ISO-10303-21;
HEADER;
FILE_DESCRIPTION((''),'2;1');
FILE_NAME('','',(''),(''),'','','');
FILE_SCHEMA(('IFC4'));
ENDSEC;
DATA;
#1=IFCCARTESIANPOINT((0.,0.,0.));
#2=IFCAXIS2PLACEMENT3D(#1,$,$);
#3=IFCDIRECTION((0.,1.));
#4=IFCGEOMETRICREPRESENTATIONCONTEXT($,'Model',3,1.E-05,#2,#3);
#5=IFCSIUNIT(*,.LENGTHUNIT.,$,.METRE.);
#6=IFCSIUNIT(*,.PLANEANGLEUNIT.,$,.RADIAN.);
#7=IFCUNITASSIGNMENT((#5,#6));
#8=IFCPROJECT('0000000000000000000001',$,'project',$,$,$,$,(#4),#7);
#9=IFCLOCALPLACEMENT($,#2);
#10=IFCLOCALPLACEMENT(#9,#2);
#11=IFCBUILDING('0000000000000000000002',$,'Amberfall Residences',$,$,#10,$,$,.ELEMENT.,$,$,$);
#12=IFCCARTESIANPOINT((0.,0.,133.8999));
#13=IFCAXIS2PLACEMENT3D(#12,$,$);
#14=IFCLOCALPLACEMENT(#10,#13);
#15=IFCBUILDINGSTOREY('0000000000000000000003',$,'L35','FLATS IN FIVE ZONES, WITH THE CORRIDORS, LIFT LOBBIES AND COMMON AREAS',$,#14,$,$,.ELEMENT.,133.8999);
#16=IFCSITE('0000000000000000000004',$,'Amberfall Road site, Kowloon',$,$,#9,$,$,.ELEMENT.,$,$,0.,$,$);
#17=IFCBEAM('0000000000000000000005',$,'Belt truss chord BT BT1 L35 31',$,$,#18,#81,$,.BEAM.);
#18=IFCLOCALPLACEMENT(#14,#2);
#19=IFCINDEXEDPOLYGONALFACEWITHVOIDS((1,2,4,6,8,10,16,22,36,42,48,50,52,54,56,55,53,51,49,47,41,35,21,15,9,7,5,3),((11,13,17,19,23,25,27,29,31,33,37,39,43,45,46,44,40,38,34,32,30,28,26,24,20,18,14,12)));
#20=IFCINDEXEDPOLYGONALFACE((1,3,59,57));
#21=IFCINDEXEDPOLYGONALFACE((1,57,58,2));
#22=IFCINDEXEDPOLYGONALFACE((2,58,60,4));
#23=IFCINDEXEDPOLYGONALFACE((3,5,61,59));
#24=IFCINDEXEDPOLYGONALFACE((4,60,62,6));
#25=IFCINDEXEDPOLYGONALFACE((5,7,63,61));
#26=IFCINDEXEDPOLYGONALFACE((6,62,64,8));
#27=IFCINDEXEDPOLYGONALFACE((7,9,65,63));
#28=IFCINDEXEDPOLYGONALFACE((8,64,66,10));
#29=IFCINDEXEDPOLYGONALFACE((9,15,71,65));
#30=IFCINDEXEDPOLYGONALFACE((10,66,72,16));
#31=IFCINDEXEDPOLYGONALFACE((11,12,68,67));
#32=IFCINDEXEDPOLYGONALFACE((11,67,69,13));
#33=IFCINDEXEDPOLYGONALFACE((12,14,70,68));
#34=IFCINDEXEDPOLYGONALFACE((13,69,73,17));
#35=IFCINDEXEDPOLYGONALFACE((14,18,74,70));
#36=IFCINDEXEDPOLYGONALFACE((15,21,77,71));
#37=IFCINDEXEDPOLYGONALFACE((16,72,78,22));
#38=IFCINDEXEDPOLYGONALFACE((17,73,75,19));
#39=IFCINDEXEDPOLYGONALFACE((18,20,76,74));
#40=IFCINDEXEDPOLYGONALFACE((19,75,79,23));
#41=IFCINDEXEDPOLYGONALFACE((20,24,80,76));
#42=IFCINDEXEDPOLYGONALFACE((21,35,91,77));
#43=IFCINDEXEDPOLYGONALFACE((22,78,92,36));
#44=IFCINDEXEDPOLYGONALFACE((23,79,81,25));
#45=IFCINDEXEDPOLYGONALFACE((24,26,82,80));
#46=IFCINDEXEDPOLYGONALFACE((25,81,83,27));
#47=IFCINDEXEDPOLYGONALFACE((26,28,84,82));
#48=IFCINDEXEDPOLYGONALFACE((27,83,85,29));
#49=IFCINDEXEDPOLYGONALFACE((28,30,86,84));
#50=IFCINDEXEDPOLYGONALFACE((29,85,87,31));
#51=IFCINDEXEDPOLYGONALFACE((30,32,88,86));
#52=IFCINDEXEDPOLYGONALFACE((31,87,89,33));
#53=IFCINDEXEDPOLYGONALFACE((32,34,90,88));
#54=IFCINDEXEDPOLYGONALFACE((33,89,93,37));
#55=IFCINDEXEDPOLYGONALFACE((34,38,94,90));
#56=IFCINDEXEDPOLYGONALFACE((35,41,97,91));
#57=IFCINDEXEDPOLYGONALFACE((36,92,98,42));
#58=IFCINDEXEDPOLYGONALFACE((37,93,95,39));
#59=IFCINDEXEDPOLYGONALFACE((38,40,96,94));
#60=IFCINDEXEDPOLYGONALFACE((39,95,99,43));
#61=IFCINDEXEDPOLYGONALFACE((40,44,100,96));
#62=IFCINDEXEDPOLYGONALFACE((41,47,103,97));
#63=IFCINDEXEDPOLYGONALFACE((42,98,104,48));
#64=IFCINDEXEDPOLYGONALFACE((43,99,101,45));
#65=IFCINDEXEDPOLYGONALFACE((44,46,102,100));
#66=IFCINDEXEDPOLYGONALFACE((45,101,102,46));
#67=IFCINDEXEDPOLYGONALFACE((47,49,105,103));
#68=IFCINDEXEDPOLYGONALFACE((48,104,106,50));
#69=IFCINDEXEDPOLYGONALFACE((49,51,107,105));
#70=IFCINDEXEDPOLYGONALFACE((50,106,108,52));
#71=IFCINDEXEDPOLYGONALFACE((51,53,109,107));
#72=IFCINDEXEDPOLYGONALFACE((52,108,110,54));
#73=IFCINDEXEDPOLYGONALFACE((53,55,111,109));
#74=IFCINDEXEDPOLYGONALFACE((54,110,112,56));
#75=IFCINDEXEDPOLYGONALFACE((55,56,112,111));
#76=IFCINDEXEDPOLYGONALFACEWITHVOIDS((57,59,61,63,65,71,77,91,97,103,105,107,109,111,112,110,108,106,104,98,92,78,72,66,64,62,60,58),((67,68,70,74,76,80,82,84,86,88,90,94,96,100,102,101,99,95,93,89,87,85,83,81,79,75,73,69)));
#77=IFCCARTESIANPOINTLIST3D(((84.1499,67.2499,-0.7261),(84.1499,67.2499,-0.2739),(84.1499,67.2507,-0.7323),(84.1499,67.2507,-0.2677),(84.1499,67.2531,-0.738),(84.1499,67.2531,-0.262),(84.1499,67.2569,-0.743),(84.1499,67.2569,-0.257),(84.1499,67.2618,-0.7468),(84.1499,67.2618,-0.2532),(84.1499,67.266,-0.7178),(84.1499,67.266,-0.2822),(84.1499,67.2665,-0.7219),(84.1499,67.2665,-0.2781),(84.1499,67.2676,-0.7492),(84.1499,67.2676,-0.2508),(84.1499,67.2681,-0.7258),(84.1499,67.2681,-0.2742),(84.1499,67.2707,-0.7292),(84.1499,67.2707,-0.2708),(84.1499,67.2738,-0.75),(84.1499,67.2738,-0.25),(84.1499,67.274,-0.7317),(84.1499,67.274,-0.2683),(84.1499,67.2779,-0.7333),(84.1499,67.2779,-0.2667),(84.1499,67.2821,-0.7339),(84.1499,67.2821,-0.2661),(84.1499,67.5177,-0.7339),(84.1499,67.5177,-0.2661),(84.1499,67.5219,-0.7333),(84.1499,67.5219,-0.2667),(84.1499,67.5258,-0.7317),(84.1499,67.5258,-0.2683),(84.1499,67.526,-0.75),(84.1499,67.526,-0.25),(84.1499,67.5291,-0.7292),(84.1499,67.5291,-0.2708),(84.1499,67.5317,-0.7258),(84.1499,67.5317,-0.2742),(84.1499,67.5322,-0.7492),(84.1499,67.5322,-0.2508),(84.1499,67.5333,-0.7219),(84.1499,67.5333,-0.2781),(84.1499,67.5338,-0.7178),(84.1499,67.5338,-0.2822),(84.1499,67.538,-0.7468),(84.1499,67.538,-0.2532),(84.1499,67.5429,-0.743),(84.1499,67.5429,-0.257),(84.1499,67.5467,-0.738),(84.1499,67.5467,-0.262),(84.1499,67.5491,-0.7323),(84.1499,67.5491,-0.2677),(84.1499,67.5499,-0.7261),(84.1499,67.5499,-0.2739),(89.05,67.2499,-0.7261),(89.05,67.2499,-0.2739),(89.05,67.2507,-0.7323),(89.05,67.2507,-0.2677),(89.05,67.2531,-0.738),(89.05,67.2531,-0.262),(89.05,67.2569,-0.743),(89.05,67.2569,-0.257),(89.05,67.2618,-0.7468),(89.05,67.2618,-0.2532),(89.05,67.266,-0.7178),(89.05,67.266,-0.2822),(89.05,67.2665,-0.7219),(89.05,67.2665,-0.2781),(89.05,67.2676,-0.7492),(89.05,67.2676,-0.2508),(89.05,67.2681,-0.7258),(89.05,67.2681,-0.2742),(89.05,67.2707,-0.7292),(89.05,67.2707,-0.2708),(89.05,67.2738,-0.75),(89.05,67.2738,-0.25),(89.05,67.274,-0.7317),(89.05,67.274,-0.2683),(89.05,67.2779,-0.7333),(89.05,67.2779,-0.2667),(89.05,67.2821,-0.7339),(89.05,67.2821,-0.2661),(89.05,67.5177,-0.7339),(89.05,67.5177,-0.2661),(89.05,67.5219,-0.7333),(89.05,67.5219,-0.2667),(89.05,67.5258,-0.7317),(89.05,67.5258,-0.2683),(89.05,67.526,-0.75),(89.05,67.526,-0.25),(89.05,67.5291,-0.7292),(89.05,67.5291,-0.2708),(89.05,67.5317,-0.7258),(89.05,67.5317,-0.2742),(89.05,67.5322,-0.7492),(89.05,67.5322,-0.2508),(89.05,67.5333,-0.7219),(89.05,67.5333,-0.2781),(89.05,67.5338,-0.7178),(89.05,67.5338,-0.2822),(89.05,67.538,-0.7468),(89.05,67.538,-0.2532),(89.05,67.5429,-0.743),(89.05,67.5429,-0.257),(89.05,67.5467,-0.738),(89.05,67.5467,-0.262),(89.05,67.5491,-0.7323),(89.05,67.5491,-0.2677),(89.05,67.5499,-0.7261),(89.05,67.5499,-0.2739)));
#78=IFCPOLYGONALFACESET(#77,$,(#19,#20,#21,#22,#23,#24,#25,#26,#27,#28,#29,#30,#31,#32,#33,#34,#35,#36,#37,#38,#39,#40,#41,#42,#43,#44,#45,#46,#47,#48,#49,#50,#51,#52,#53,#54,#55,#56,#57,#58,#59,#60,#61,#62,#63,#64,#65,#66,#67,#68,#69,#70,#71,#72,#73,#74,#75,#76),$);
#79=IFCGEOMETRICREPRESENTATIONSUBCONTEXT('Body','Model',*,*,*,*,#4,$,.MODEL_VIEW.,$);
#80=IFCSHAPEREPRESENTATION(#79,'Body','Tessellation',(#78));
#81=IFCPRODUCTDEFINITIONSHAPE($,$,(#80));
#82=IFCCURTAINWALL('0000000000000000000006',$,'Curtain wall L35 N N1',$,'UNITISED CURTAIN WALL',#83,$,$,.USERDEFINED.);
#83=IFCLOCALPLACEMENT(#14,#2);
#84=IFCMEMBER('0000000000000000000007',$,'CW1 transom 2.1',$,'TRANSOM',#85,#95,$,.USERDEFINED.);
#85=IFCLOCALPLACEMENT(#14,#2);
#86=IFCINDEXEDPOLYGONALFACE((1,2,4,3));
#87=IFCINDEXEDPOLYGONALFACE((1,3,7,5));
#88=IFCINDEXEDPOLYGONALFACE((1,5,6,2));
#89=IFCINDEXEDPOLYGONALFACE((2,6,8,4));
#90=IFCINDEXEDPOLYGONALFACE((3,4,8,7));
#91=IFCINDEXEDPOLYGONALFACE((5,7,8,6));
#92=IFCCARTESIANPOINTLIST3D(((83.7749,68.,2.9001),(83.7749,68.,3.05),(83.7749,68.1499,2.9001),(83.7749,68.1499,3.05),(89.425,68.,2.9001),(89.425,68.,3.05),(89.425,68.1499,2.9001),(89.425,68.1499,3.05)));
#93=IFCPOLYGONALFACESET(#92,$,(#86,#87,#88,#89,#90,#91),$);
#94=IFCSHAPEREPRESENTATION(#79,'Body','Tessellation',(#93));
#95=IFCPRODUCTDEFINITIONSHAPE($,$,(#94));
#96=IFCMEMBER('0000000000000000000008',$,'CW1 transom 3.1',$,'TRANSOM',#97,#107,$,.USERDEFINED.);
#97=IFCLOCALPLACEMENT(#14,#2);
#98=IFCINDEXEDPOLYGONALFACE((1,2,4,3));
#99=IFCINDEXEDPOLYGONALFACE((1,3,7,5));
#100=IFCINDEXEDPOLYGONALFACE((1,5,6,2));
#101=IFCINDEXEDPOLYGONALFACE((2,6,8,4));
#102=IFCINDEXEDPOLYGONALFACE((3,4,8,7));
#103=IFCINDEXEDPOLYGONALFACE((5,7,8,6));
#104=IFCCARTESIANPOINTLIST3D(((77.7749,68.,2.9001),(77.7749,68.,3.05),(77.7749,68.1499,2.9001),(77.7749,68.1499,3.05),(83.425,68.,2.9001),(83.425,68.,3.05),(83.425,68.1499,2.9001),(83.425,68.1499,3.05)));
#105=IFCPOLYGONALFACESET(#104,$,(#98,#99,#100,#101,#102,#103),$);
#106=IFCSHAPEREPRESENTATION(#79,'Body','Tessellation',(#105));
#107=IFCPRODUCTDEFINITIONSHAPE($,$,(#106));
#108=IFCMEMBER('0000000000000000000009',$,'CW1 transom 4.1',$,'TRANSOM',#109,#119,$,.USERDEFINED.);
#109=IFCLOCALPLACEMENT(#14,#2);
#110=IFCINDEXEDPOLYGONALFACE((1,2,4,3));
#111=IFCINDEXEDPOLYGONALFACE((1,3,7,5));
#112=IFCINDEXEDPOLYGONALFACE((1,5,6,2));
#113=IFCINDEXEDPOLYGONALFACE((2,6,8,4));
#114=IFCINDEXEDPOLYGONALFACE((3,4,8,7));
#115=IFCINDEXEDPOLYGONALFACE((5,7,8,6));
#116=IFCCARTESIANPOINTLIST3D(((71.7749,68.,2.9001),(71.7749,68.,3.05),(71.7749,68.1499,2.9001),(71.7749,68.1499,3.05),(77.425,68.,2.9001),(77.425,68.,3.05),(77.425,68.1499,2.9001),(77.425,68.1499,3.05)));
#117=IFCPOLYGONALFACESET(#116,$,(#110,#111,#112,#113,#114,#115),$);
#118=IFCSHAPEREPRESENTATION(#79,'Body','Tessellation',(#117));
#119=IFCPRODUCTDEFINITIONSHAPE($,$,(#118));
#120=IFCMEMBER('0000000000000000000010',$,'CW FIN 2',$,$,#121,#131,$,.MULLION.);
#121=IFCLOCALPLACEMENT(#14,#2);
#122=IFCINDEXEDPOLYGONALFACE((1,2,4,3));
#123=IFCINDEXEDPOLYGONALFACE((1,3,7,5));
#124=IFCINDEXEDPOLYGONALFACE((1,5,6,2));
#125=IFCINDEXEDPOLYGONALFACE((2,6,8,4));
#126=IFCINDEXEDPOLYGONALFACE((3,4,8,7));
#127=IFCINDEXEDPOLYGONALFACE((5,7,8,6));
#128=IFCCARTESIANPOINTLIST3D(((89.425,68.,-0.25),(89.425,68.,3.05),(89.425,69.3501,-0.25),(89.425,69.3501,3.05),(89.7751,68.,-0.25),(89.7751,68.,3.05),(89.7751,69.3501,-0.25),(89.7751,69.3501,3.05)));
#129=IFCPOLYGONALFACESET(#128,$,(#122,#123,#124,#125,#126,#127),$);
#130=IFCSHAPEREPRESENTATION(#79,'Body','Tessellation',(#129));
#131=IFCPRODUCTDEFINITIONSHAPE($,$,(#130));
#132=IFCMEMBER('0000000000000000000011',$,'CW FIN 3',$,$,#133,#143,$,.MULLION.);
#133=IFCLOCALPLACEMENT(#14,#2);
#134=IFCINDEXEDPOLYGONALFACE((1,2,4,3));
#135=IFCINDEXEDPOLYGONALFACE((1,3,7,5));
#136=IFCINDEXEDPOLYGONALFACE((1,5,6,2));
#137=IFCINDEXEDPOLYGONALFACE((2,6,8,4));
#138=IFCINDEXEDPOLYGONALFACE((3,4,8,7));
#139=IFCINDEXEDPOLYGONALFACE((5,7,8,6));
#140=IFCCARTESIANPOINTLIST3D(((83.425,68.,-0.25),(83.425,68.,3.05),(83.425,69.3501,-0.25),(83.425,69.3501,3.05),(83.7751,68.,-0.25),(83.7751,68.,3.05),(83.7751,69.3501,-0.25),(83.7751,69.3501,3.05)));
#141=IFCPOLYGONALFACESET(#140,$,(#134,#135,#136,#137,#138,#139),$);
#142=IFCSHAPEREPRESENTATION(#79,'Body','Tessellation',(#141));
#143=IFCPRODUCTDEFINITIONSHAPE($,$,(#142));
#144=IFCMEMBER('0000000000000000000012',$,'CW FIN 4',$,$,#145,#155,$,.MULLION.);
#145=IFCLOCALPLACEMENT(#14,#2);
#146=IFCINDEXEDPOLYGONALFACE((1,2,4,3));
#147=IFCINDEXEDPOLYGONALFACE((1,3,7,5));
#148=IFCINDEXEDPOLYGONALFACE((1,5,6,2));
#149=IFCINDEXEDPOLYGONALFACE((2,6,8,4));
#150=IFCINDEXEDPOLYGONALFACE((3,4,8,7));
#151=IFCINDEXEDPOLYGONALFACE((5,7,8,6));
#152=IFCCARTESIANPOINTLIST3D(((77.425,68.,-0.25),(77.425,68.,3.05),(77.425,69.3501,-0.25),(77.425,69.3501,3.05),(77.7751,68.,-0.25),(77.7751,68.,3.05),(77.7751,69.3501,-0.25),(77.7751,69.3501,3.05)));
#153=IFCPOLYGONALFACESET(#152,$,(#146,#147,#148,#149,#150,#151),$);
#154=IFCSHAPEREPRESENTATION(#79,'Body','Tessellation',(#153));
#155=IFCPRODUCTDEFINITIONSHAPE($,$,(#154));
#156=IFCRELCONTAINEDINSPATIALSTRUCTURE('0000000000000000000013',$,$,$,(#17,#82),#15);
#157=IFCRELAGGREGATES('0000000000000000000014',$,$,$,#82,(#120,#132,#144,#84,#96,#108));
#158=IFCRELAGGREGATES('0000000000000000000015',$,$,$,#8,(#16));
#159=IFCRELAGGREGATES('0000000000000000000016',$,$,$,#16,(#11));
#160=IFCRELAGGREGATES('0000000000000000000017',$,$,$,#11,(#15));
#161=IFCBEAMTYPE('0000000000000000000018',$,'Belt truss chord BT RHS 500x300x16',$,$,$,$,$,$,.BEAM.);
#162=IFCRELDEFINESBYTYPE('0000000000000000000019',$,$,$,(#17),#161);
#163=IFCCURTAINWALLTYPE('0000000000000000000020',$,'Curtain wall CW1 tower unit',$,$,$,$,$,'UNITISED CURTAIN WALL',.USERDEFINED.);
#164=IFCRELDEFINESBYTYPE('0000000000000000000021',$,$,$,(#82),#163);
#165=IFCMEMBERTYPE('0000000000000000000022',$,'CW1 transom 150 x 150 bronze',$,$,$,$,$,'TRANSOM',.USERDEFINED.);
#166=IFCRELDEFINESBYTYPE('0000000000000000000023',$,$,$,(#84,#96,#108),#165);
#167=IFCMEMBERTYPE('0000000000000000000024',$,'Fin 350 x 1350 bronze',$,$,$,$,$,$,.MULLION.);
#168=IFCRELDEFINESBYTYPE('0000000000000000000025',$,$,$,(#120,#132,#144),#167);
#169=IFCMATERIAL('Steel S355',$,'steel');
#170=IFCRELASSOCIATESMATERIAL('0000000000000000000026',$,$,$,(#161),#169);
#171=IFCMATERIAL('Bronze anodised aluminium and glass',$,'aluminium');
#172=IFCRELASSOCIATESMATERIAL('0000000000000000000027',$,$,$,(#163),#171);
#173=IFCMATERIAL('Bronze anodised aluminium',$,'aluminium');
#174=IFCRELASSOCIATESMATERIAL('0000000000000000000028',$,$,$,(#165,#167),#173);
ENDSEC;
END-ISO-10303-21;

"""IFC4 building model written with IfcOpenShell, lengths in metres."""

from ifc_helpers import new_model, si_unit, direction, frame, origin, origin_2d, place, context, subcontext, project, spatial, rectangle, hollow_rectangle, extrude, material, material_profile, profile_set, type_object, element, aggregate, save


model = new_model("IFC4")

# Units and contexts
model_context = context("Model", 3, precision=1e-05, world=origin(), true_north=direction((0.0, 1.0)))
body_context = subcontext(model_context, "Body", "Model", "MODEL_VIEW")
ifc_project = project(units=[si_unit("LENGTHUNIT", "METRE"), si_unit("PLANEANGLEUNIT", "RADIAN")], contexts=[model_context])

# Site, building, storey
site_placement = place(None, origin())
site = spatial("IfcSite", under=ifc_project, at=site_placement, Name="Amberfall Road site, Kowloon", CompositionType="ELEMENT", RefElevation=0.0)
building_placement = place(site_placement, origin())
building = spatial("IfcBuilding", under=site, at=building_placement, Name="Amberfall Residences", CompositionType="ELEMENT")
storey_placement = place(building_placement, frame((0.0, 0.0, 133.8999)))
storey = spatial("IfcBuildingStorey", under=building, at=storey_placement, Name="L35", Description="FLATS IN FIVE ZONES, WITH THE CORRIDORS, LIFT LOBBIES AND COMMON AREAS", CompositionType="ELEMENT", Elevation=133.8999)

# Beam
ifc_material_1 = material(Name="Steel S355", Category="steel")
ifc_material_profile_1 = material_profile(ifc_material_1, hollow_rectangle(XDim=0.3, YDim=0.5, WallThickness=0.0161, InnerFilletRadius=0.0161, OuterFilletRadius=0.0239, at=origin_2d()), Name="RHS 500x300x16")
ifc_profile_set_1 = profile_set([ifc_material_profile_1], Name="Steel S355")
beam_type_1 = type_object("IfcBeamType", Name="Belt truss chord BT RHS 500x300x16", PredefinedType="BEAM", material=ifc_profile_set_1)
for number, where, z_axis, x_axis, name in (
    (1, (84.1499, 67.3999, -0.5), (1.0, 0.0, 0.0), (0.0, 1.0, 0.0), "Belt truss chord BT BT1 L35 31"),
):
    element("IfcBeam", number, at=place(storey_placement, frame(where, z_axis=z_axis, x_axis=x_axis)), inside=storey, type_object=beam_type_1, Name=name, PredefinedType="BEAM", context=body_context, shape_type="SweptSolid", body=[
        extrude(hollow_rectangle(XDim=0.3, YDim=0.5, WallThickness=0.0161, InnerFilletRadius=0.0161, OuterFilletRadius=0.0239, at=origin_2d()), origin(), (0.0, 0.0, 1.0), 4.9001),
    ])

# Curtain wall, members
ifc_material_2 = material(Name="Bronze anodised aluminium and glass", Category="aluminium")
curtain_wall_type = type_object("IfcCurtainWallType", Name="Curtain wall CW1 tower unit", ElementType="UNITISED CURTAIN WALL", PredefinedType="USERDEFINED", material=ifc_material_2)
curtain_wall_placement = place(storey_placement, origin())
curtain_wall = element("IfcCurtainWall", 2, at=curtain_wall_placement, inside=storey, type_object=curtain_wall_type, Name="Curtain wall L35 N N1", ObjectType="UNITISED CURTAIN WALL", PredefinedType="USERDEFINED")
ifc_material_3 = material(Name="Bronze anodised aluminium", Category="aluminium")
ifc_material_profile_2 = material_profile(ifc_material_3, rectangle(XDim=0.1499, YDim=0.1499, at=origin_2d()), Name="CW1 transom 150 x 150 bronze")
ifc_profile_set_2 = profile_set([ifc_material_profile_2], Name="Bronze anodised aluminium")
member_type_1 = type_object("IfcMemberType", Name="CW1 transom 150 x 150 bronze", ElementType="TRANSOM", PredefinedType="USERDEFINED", material=ifc_profile_set_2)
member_1_placement = place(storey_placement, frame((89.425, 68.075, 2.9751), z_axis=(-1.0, 0.0, 0.0), x_axis=(0.0, -1.0, 0.0)))
member_1 = element("IfcMember", 3, at=member_1_placement, type_object=member_type_1, Name="CW1 transom 2.1", ObjectType="TRANSOM", PredefinedType="USERDEFINED", context=body_context, shape_type="SweptSolid", body=[
    extrude(rectangle(XDim=0.1499, YDim=0.1499, at=origin_2d()), origin(), (0.0, 0.0, 1.0), 5.6501),
])
member_2_placement = place(storey_placement, frame((83.425, 68.075, 2.9751), z_axis=(-1.0, 0.0, 0.0), x_axis=(0.0, -1.0, 0.0)))
member_2 = element("IfcMember", 4, at=member_2_placement, type_object=member_type_1, Name="CW1 transom 3.1", ObjectType="TRANSOM", PredefinedType="USERDEFINED", context=body_context, shape_type="SweptSolid", body=[
    extrude(rectangle(XDim=0.1499, YDim=0.1499, at=origin_2d()), origin(), (0.0, 0.0, 1.0), 5.6501),
])
member_3_placement = place(storey_placement, frame((77.425, 68.075, 2.9751), z_axis=(-1.0, 0.0, 0.0), x_axis=(0.0, -1.0, 0.0)))
member_3 = element("IfcMember", 5, at=member_3_placement, type_object=member_type_1, Name="CW1 transom 4.1", ObjectType="TRANSOM", PredefinedType="USERDEFINED", context=body_context, shape_type="SweptSolid", body=[
    extrude(rectangle(XDim=0.1499, YDim=0.1499, at=origin_2d()), origin(), (0.0, 0.0, 1.0), 5.6501),
])
ifc_material_profile_3 = material_profile(ifc_material_3, rectangle(XDim=1.3501, YDim=0.3501, at=origin_2d()), Name="Fin 350 x 1350 bronze")
ifc_profile_set_3 = profile_set([ifc_material_profile_3], Name="Bronze anodised aluminium")
member_type_2 = type_object("IfcMemberType", Name="Fin 350 x 1350 bronze", PredefinedType="MULLION", material=ifc_profile_set_3)
member_4_placement = place(storey_placement, frame((89.6001, 68.675, -0.25), z_axis=(0.0, 0.0, 1.0), x_axis=(0.0, -1.0, 0.0)))
member_4 = element("IfcMember", 6, at=member_4_placement, type_object=member_type_2, Name="CW FIN 2", PredefinedType="MULLION", context=body_context, shape_type="SweptSolid", body=[
    extrude(rectangle(XDim=1.3501, YDim=0.3501, at=origin_2d()), origin(), (0.0, 0.0, 1.0), 3.3),
])
member_5_placement = place(storey_placement, frame((83.6001, 68.675, -0.25), z_axis=(0.0, 0.0, 1.0), x_axis=(0.0, -1.0, 0.0)))
member_5 = element("IfcMember", 7, at=member_5_placement, type_object=member_type_2, Name="CW FIN 3", PredefinedType="MULLION", context=body_context, shape_type="SweptSolid", body=[
    extrude(rectangle(XDim=1.3501, YDim=0.3501, at=origin_2d()), origin(), (0.0, 0.0, 1.0), 3.3),
])
member_6_placement = place(storey_placement, frame((77.6001, 68.675, -0.25), z_axis=(0.0, 0.0, 1.0), x_axis=(0.0, -1.0, 0.0)))
member_6 = element("IfcMember", 8, at=member_6_placement, type_object=member_type_2, Name="CW FIN 4", PredefinedType="MULLION", context=body_context, shape_type="SweptSolid", body=[
    extrude(rectangle(XDim=1.3501, YDim=0.3501, at=origin_2d()), origin(), (0.0, 0.0, 1.0), 3.3),
])

aggregate(curtain_wall, [member_4, member_5, member_6, member_1, member_2, member_3])

save(model, "model.ifc")
